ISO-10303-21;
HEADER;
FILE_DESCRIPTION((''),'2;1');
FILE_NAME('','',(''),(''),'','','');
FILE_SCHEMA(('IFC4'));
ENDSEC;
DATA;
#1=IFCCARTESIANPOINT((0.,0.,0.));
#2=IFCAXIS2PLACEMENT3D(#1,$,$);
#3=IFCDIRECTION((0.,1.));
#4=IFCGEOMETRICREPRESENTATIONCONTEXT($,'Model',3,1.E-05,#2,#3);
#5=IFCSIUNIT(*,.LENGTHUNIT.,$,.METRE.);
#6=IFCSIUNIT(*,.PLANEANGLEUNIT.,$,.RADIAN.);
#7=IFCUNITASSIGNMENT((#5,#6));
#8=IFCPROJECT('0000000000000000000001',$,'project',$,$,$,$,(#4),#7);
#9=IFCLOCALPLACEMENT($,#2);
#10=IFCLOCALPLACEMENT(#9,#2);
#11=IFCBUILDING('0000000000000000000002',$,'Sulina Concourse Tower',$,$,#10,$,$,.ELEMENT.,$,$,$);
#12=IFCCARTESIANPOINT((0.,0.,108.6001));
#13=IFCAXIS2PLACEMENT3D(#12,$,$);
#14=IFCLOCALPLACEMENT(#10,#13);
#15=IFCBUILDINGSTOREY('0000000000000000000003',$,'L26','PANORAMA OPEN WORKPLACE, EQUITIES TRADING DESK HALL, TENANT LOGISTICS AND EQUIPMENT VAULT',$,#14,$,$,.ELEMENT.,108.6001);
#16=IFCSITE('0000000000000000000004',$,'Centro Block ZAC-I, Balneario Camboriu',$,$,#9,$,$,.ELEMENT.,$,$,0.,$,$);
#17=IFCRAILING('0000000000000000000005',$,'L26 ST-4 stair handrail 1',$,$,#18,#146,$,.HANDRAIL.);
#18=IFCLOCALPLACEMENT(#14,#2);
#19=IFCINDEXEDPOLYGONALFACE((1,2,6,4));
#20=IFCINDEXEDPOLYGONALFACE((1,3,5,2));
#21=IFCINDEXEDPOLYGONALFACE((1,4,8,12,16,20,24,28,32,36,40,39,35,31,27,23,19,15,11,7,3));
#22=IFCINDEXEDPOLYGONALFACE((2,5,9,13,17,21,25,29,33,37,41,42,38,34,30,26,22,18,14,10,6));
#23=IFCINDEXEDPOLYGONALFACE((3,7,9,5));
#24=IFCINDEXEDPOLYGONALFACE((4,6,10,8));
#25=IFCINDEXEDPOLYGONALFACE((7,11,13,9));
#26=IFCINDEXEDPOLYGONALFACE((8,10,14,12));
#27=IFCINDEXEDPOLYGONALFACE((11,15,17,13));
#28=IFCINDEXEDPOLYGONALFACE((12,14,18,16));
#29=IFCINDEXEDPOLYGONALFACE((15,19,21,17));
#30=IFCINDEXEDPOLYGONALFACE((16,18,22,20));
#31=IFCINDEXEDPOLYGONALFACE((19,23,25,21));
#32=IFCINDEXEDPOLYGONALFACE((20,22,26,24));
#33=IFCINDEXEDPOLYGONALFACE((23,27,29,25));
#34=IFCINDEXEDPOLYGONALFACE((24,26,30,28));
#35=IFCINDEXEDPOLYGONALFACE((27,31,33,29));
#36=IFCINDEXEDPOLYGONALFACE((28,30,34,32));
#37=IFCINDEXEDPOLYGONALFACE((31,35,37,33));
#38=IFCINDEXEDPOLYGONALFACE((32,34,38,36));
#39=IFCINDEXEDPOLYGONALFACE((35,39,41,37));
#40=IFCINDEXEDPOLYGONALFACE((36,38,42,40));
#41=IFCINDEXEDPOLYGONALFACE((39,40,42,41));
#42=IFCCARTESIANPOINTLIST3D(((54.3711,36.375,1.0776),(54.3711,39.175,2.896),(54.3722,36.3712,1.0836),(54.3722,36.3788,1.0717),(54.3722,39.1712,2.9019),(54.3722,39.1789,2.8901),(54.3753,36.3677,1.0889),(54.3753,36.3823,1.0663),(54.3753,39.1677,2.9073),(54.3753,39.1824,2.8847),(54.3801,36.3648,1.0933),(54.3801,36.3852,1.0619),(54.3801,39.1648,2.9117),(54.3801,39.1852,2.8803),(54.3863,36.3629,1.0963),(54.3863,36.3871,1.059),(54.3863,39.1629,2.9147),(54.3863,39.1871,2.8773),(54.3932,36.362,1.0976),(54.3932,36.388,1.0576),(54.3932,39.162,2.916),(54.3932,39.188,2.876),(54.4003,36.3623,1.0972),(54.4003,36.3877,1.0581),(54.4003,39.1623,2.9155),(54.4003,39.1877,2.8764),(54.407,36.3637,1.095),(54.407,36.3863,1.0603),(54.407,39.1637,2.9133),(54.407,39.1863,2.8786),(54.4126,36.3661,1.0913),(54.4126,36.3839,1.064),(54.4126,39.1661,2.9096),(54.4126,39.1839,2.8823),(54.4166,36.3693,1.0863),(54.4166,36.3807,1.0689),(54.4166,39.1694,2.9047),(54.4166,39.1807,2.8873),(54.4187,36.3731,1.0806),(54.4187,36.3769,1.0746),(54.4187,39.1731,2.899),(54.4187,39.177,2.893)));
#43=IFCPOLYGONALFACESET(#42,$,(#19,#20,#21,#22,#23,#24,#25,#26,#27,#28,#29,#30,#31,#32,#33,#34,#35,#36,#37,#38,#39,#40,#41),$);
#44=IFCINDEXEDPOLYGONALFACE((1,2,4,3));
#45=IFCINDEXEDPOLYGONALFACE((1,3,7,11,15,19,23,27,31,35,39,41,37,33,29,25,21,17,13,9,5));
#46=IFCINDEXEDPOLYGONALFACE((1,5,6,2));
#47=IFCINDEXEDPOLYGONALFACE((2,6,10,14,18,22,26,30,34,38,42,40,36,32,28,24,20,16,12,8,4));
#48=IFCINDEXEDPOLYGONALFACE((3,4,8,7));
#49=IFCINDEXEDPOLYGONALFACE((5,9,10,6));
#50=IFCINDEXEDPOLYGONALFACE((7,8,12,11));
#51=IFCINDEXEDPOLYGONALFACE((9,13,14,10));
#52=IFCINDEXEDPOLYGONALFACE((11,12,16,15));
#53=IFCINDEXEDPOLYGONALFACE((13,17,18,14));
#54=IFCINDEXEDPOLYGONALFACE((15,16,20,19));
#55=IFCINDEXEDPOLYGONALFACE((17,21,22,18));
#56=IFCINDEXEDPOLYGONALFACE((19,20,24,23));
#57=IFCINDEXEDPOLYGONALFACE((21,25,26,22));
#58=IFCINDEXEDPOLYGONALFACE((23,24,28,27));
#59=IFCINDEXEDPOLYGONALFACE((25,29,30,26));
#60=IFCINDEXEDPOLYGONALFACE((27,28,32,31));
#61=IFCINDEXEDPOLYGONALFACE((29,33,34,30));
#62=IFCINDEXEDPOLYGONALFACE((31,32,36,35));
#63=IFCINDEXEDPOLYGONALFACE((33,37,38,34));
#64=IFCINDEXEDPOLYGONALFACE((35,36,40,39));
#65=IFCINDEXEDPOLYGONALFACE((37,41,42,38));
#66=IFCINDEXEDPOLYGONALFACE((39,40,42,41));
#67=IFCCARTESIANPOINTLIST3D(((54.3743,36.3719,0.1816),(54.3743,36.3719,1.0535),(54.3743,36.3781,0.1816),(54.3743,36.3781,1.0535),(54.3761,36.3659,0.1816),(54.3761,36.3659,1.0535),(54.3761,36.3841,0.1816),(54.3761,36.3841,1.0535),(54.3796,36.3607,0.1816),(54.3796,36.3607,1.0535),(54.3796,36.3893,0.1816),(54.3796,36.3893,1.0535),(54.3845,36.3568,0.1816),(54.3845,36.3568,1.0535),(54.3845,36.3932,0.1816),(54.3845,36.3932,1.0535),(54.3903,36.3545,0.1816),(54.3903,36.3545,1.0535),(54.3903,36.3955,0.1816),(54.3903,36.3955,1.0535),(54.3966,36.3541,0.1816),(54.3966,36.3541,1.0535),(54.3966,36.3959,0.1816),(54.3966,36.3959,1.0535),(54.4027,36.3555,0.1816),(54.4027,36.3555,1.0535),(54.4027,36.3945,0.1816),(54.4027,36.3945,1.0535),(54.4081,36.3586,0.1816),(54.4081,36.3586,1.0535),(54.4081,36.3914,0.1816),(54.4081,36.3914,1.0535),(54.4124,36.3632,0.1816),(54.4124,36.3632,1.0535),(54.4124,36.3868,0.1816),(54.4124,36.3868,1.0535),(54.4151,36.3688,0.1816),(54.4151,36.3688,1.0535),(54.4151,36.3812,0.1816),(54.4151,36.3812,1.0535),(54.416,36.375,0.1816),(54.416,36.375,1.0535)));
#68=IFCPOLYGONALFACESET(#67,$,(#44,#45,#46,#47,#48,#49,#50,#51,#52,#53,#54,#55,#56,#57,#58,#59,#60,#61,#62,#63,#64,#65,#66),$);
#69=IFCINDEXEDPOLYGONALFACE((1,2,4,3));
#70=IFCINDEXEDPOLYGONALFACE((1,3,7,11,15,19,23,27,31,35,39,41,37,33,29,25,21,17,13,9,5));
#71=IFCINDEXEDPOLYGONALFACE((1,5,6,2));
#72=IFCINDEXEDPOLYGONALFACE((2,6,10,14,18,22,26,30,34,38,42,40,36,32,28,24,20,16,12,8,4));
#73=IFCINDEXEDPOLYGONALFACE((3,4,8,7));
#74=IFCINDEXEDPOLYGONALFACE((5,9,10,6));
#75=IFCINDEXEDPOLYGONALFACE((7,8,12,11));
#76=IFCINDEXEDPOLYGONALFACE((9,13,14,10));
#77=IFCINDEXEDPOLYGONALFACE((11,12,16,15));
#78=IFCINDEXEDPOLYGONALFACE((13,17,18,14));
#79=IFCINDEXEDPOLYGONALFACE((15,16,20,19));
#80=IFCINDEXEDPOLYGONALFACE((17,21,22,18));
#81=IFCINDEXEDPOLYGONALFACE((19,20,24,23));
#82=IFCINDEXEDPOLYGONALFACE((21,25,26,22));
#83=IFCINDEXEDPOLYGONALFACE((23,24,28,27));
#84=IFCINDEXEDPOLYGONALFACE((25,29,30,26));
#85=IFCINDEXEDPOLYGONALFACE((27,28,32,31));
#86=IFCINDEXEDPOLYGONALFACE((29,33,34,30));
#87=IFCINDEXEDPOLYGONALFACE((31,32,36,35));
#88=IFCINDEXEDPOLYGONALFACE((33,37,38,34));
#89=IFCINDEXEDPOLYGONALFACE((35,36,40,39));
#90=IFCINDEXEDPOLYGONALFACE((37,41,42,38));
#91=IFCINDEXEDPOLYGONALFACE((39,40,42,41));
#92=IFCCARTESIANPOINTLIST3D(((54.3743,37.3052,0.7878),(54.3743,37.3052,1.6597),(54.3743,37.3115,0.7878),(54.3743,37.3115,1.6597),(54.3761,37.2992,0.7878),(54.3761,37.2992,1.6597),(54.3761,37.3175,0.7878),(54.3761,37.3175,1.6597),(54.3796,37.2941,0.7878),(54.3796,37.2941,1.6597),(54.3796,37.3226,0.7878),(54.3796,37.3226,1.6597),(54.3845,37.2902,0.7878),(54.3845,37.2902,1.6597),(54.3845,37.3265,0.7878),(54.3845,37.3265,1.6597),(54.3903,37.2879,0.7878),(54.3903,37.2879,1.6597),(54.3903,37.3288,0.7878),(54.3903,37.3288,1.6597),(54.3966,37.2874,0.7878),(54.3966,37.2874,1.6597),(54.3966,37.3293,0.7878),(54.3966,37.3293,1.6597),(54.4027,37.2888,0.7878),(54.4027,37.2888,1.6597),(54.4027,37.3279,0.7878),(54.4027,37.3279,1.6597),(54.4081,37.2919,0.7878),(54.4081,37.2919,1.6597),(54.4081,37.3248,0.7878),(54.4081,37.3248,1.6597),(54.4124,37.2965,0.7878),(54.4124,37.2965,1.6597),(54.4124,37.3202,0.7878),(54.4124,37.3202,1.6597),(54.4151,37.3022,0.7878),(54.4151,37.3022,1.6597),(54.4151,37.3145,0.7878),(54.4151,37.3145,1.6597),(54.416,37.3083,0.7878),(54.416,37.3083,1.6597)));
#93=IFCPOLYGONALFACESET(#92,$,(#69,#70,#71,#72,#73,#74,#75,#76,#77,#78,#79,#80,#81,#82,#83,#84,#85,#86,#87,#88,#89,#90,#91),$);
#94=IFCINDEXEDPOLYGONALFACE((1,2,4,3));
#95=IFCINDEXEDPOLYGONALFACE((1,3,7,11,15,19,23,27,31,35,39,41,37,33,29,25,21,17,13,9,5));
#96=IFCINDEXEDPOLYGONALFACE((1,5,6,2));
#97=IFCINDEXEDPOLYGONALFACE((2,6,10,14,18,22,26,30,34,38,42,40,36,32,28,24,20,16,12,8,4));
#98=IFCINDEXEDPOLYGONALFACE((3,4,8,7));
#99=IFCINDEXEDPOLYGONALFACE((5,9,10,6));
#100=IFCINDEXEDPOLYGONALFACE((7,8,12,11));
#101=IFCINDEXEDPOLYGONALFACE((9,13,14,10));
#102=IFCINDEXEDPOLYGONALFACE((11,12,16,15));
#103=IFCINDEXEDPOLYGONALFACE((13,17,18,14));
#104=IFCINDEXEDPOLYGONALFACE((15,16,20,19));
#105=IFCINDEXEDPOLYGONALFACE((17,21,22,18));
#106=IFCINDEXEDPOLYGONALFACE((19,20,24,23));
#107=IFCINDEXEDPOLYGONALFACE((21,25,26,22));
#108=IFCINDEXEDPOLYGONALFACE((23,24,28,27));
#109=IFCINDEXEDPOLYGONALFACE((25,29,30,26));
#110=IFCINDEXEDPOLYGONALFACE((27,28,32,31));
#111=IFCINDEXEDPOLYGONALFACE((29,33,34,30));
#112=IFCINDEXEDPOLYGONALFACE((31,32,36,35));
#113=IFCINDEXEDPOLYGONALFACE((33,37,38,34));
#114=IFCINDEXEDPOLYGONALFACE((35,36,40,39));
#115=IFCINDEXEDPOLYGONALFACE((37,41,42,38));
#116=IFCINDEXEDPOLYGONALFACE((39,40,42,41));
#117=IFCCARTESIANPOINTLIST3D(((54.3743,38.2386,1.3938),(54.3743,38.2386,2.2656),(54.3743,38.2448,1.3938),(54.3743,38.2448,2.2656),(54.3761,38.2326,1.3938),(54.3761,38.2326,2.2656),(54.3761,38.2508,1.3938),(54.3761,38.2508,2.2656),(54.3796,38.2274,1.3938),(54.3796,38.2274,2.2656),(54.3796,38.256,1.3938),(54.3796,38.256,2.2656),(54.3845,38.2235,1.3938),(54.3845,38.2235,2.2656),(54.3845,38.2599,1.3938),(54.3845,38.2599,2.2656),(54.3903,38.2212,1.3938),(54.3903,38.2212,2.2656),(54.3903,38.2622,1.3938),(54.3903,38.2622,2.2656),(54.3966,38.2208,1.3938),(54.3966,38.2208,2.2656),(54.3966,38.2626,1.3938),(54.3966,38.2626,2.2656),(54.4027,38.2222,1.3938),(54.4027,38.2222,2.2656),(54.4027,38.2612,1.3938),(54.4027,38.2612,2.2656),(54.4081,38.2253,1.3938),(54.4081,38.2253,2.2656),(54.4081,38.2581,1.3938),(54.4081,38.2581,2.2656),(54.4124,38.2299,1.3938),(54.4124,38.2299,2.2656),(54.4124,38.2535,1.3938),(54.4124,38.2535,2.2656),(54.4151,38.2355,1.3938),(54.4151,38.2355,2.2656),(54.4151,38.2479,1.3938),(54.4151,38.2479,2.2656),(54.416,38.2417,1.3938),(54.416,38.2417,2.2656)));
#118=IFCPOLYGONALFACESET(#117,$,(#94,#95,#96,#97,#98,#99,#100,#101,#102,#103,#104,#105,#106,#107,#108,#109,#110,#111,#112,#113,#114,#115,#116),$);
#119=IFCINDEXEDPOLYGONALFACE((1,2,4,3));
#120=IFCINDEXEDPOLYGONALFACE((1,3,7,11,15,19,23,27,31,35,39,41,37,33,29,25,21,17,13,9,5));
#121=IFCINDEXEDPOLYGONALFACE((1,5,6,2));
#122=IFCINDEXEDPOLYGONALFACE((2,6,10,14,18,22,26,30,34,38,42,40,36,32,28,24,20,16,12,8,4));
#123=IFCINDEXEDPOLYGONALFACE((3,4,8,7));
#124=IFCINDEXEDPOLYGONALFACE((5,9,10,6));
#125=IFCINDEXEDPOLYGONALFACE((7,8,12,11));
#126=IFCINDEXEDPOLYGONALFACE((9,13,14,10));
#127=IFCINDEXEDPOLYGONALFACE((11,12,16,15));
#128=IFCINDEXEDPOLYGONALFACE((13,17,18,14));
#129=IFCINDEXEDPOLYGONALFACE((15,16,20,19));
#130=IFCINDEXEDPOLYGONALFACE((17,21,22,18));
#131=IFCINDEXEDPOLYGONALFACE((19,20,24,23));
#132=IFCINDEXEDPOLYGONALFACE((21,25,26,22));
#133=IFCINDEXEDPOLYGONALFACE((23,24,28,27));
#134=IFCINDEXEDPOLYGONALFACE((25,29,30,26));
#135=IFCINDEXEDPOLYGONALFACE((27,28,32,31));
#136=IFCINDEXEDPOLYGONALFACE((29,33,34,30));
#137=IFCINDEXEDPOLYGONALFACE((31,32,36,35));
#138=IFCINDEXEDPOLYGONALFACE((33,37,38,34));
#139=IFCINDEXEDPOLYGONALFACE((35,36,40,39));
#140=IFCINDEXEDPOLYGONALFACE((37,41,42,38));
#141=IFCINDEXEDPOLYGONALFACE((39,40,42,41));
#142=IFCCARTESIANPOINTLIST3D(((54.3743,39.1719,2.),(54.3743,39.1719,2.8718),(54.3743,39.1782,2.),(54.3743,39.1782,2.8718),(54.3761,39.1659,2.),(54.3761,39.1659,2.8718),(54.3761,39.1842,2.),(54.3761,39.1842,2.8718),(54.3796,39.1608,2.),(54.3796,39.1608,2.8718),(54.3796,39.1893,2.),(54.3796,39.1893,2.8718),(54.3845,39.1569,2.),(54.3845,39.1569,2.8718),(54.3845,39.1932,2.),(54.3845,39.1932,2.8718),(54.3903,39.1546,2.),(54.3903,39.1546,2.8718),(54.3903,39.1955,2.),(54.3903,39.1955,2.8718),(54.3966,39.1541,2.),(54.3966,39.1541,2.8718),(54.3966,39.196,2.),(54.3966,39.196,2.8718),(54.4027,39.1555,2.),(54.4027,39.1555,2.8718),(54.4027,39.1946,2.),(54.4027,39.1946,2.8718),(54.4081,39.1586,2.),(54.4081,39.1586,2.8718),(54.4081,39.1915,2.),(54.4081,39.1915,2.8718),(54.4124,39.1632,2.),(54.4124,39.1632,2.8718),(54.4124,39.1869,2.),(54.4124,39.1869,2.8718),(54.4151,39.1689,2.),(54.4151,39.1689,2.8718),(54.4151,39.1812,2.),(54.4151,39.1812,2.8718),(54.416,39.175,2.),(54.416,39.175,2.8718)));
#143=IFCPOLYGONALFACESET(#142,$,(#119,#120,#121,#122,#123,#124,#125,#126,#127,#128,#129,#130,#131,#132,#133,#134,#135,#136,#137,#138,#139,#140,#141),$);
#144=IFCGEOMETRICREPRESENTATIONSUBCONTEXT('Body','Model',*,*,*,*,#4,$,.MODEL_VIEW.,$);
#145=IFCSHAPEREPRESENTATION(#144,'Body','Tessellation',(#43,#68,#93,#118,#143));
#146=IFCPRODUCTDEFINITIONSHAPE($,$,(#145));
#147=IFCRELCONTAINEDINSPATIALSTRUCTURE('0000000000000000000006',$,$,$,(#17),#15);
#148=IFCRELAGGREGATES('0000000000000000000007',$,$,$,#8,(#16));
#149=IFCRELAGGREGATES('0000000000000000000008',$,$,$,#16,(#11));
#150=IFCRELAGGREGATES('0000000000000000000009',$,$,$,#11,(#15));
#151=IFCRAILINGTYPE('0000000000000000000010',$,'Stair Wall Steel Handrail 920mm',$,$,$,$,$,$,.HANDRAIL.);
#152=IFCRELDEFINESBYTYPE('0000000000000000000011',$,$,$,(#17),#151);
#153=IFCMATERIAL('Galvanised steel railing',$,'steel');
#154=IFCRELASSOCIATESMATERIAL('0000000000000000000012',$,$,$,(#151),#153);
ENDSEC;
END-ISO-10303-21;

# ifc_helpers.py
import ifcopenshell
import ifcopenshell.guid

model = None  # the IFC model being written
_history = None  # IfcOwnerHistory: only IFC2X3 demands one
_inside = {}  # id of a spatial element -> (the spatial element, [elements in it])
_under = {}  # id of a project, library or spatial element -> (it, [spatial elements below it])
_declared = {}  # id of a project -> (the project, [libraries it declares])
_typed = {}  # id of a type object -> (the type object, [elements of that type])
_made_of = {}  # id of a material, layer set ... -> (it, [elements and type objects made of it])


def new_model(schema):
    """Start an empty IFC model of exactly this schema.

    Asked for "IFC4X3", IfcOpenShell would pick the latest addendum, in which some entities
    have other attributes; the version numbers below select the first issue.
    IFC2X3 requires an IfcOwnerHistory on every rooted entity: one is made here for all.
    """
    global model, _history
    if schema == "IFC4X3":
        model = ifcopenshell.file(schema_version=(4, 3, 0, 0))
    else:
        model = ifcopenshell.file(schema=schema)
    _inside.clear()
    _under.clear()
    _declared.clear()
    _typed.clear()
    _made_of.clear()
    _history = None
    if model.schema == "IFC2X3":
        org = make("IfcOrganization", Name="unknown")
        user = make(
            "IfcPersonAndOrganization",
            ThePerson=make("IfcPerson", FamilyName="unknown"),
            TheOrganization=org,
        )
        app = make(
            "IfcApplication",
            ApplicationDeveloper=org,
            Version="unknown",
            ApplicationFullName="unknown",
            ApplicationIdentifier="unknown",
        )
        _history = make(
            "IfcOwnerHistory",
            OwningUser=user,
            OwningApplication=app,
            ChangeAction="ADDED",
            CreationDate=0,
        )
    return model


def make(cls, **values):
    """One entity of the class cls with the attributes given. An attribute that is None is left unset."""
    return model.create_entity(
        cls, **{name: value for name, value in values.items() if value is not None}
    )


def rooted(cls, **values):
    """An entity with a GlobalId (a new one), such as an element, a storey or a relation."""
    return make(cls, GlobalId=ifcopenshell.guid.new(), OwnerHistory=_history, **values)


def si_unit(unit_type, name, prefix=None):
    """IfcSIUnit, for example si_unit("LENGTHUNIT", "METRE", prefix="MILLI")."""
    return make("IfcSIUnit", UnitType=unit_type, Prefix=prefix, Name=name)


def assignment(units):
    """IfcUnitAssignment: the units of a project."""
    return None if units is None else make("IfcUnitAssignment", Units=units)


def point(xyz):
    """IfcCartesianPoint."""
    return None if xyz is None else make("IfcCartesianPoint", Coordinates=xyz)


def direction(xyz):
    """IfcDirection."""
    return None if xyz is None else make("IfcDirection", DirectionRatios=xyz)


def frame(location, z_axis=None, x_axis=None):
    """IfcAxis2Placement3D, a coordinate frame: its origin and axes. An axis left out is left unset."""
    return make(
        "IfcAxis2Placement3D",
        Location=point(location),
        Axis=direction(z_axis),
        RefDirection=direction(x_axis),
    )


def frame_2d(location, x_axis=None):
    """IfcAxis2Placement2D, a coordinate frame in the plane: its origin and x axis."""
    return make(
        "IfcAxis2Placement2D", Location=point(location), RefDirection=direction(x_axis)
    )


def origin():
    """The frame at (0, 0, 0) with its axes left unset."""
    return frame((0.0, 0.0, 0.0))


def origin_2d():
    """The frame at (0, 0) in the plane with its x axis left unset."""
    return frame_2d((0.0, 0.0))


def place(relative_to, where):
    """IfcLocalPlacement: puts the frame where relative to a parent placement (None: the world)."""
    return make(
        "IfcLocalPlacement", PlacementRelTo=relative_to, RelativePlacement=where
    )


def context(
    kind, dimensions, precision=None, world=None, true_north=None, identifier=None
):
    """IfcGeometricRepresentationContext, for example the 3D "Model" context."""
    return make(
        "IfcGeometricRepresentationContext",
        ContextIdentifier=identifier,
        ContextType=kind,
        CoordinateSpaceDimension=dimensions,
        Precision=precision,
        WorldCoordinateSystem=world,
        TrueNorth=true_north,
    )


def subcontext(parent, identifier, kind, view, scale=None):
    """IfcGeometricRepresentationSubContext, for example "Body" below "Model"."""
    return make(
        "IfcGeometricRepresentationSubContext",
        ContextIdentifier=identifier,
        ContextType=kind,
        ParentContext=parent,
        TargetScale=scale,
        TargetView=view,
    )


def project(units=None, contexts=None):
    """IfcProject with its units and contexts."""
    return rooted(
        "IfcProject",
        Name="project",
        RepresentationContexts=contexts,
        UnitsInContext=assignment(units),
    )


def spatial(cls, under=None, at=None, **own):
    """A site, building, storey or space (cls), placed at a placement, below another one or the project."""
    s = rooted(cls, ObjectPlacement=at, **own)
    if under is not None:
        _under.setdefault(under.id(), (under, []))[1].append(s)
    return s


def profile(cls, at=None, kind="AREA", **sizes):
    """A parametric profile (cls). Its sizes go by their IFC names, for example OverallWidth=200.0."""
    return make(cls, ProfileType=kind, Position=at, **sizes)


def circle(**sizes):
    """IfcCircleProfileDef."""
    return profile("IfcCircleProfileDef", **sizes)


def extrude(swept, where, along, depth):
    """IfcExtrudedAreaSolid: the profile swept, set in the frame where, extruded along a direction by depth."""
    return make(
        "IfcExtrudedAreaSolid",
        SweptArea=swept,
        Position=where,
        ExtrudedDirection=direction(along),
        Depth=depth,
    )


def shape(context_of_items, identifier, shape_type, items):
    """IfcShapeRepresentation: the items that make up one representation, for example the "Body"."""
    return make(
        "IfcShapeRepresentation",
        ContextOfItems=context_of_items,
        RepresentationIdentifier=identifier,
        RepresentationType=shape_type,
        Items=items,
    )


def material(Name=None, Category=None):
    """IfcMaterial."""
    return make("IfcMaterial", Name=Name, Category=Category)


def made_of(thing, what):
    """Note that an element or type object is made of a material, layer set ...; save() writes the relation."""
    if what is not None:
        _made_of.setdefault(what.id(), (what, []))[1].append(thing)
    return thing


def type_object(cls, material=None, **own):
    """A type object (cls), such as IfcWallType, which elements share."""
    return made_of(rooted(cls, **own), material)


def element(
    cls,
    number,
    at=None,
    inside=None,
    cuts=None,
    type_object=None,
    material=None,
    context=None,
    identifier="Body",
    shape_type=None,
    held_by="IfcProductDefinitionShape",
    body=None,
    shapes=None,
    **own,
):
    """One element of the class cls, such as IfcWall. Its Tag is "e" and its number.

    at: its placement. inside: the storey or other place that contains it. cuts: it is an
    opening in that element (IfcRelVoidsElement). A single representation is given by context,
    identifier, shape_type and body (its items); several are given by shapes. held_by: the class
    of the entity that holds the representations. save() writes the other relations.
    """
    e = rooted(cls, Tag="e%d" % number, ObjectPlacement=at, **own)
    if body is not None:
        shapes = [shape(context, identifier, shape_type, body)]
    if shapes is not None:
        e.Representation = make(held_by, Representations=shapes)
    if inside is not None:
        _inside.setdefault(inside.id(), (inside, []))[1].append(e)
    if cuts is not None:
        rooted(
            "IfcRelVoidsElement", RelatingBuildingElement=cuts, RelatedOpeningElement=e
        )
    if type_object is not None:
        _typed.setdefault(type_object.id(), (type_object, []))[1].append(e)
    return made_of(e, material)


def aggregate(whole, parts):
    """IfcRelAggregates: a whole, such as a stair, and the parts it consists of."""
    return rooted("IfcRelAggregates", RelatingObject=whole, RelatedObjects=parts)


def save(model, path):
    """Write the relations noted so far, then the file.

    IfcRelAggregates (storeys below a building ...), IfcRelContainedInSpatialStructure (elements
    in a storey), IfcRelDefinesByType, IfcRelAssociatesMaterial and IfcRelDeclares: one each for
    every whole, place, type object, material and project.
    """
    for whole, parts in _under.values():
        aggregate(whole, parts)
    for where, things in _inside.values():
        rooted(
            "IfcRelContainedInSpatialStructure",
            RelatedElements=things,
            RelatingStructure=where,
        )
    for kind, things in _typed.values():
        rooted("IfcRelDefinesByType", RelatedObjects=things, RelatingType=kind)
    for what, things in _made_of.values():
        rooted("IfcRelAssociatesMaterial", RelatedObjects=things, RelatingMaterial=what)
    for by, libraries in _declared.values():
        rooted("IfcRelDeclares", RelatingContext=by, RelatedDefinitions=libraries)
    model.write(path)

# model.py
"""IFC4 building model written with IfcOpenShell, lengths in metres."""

from ifc_helpers import new_model, si_unit, direction, frame, origin, origin_2d, place, context, subcontext, project, spatial, circle, extrude, material, type_object, element, save


model = new_model("IFC4")

# Units and contexts
model_context = context("Model", 3, precision=1e-05, world=origin(), true_north=direction((0.0, 1.0)))
body_context = subcontext(model_context, "Body", "Model", "MODEL_VIEW")
ifc_project = project(units=[si_unit("LENGTHUNIT", "METRE"), si_unit("PLANEANGLEUNIT", "RADIAN")], contexts=[model_context])

# Site, building, storey
site_placement = place(None, origin())
site = spatial("IfcSite", under=ifc_project, at=site_placement, Name="Centro Block ZAC-I, Balneario Camboriu", CompositionType="ELEMENT", RefElevation=0.0)
building_placement = place(site_placement, origin())
building = spatial("IfcBuilding", under=site, at=building_placement, Name="Sulina Concourse Tower", CompositionType="ELEMENT")
storey_placement = place(building_placement, frame((0.0, 0.0, 108.6001)))
storey = spatial("IfcBuildingStorey", under=building, at=storey_placement, Name="L26", Description="PANORAMA OPEN WORKPLACE, EQUITIES TRADING DESK HALL, TENANT LOGISTICS AND EQUIPMENT VAULT", CompositionType="ELEMENT", Elevation=108.6001)

# Railing
ifc_material_1 = material(Name="Galvanised steel railing", Category="steel")
railing_type_1 = type_object("IfcRailingType", Name="Stair Wall Steel Handrail 920mm", PredefinedType="HANDRAIL", material=ifc_material_1)
railing_1_placement = place(storey_placement, frame((54.395, 36.375, 0.1816)))
element("IfcRailing", 1, at=railing_1_placement, inside=storey, type_object=railing_type_1, Name="L26 ST-4 stair handrail 1", PredefinedType="HANDRAIL", context=body_context, shape_type="SweptSolid", body=[
    extrude(circle(Radius=0.0239, at=origin_2d()), frame((0.0, 0.0, 0.896), z_axis=(0.0, 0.838672, 0.544636), x_axis=(-1.0, 0.0, 0.0)), (0.0, 0.0, 1.0), 3.3386),
    extrude(circle(Radius=0.021, at=origin_2d()), origin(), (0.0, 0.0, 1.0), 0.8718),
    extrude(circle(Radius=0.021, at=origin_2d()), frame((0.0, 0.9333, 0.6062)), (0.0, 0.0, 1.0), 0.8718),
    extrude(circle(Radius=0.021, at=origin_2d()), frame((0.0, 1.8667, 1.2122)), (0.0, 0.0, 1.0), 0.8718),
    extrude(circle(Radius=0.021, at=origin_2d()), frame((0.0, 2.8, 1.8184)), (0.0, 0.0, 1.0), 0.8718),
])

save(model, "model.ifc")
